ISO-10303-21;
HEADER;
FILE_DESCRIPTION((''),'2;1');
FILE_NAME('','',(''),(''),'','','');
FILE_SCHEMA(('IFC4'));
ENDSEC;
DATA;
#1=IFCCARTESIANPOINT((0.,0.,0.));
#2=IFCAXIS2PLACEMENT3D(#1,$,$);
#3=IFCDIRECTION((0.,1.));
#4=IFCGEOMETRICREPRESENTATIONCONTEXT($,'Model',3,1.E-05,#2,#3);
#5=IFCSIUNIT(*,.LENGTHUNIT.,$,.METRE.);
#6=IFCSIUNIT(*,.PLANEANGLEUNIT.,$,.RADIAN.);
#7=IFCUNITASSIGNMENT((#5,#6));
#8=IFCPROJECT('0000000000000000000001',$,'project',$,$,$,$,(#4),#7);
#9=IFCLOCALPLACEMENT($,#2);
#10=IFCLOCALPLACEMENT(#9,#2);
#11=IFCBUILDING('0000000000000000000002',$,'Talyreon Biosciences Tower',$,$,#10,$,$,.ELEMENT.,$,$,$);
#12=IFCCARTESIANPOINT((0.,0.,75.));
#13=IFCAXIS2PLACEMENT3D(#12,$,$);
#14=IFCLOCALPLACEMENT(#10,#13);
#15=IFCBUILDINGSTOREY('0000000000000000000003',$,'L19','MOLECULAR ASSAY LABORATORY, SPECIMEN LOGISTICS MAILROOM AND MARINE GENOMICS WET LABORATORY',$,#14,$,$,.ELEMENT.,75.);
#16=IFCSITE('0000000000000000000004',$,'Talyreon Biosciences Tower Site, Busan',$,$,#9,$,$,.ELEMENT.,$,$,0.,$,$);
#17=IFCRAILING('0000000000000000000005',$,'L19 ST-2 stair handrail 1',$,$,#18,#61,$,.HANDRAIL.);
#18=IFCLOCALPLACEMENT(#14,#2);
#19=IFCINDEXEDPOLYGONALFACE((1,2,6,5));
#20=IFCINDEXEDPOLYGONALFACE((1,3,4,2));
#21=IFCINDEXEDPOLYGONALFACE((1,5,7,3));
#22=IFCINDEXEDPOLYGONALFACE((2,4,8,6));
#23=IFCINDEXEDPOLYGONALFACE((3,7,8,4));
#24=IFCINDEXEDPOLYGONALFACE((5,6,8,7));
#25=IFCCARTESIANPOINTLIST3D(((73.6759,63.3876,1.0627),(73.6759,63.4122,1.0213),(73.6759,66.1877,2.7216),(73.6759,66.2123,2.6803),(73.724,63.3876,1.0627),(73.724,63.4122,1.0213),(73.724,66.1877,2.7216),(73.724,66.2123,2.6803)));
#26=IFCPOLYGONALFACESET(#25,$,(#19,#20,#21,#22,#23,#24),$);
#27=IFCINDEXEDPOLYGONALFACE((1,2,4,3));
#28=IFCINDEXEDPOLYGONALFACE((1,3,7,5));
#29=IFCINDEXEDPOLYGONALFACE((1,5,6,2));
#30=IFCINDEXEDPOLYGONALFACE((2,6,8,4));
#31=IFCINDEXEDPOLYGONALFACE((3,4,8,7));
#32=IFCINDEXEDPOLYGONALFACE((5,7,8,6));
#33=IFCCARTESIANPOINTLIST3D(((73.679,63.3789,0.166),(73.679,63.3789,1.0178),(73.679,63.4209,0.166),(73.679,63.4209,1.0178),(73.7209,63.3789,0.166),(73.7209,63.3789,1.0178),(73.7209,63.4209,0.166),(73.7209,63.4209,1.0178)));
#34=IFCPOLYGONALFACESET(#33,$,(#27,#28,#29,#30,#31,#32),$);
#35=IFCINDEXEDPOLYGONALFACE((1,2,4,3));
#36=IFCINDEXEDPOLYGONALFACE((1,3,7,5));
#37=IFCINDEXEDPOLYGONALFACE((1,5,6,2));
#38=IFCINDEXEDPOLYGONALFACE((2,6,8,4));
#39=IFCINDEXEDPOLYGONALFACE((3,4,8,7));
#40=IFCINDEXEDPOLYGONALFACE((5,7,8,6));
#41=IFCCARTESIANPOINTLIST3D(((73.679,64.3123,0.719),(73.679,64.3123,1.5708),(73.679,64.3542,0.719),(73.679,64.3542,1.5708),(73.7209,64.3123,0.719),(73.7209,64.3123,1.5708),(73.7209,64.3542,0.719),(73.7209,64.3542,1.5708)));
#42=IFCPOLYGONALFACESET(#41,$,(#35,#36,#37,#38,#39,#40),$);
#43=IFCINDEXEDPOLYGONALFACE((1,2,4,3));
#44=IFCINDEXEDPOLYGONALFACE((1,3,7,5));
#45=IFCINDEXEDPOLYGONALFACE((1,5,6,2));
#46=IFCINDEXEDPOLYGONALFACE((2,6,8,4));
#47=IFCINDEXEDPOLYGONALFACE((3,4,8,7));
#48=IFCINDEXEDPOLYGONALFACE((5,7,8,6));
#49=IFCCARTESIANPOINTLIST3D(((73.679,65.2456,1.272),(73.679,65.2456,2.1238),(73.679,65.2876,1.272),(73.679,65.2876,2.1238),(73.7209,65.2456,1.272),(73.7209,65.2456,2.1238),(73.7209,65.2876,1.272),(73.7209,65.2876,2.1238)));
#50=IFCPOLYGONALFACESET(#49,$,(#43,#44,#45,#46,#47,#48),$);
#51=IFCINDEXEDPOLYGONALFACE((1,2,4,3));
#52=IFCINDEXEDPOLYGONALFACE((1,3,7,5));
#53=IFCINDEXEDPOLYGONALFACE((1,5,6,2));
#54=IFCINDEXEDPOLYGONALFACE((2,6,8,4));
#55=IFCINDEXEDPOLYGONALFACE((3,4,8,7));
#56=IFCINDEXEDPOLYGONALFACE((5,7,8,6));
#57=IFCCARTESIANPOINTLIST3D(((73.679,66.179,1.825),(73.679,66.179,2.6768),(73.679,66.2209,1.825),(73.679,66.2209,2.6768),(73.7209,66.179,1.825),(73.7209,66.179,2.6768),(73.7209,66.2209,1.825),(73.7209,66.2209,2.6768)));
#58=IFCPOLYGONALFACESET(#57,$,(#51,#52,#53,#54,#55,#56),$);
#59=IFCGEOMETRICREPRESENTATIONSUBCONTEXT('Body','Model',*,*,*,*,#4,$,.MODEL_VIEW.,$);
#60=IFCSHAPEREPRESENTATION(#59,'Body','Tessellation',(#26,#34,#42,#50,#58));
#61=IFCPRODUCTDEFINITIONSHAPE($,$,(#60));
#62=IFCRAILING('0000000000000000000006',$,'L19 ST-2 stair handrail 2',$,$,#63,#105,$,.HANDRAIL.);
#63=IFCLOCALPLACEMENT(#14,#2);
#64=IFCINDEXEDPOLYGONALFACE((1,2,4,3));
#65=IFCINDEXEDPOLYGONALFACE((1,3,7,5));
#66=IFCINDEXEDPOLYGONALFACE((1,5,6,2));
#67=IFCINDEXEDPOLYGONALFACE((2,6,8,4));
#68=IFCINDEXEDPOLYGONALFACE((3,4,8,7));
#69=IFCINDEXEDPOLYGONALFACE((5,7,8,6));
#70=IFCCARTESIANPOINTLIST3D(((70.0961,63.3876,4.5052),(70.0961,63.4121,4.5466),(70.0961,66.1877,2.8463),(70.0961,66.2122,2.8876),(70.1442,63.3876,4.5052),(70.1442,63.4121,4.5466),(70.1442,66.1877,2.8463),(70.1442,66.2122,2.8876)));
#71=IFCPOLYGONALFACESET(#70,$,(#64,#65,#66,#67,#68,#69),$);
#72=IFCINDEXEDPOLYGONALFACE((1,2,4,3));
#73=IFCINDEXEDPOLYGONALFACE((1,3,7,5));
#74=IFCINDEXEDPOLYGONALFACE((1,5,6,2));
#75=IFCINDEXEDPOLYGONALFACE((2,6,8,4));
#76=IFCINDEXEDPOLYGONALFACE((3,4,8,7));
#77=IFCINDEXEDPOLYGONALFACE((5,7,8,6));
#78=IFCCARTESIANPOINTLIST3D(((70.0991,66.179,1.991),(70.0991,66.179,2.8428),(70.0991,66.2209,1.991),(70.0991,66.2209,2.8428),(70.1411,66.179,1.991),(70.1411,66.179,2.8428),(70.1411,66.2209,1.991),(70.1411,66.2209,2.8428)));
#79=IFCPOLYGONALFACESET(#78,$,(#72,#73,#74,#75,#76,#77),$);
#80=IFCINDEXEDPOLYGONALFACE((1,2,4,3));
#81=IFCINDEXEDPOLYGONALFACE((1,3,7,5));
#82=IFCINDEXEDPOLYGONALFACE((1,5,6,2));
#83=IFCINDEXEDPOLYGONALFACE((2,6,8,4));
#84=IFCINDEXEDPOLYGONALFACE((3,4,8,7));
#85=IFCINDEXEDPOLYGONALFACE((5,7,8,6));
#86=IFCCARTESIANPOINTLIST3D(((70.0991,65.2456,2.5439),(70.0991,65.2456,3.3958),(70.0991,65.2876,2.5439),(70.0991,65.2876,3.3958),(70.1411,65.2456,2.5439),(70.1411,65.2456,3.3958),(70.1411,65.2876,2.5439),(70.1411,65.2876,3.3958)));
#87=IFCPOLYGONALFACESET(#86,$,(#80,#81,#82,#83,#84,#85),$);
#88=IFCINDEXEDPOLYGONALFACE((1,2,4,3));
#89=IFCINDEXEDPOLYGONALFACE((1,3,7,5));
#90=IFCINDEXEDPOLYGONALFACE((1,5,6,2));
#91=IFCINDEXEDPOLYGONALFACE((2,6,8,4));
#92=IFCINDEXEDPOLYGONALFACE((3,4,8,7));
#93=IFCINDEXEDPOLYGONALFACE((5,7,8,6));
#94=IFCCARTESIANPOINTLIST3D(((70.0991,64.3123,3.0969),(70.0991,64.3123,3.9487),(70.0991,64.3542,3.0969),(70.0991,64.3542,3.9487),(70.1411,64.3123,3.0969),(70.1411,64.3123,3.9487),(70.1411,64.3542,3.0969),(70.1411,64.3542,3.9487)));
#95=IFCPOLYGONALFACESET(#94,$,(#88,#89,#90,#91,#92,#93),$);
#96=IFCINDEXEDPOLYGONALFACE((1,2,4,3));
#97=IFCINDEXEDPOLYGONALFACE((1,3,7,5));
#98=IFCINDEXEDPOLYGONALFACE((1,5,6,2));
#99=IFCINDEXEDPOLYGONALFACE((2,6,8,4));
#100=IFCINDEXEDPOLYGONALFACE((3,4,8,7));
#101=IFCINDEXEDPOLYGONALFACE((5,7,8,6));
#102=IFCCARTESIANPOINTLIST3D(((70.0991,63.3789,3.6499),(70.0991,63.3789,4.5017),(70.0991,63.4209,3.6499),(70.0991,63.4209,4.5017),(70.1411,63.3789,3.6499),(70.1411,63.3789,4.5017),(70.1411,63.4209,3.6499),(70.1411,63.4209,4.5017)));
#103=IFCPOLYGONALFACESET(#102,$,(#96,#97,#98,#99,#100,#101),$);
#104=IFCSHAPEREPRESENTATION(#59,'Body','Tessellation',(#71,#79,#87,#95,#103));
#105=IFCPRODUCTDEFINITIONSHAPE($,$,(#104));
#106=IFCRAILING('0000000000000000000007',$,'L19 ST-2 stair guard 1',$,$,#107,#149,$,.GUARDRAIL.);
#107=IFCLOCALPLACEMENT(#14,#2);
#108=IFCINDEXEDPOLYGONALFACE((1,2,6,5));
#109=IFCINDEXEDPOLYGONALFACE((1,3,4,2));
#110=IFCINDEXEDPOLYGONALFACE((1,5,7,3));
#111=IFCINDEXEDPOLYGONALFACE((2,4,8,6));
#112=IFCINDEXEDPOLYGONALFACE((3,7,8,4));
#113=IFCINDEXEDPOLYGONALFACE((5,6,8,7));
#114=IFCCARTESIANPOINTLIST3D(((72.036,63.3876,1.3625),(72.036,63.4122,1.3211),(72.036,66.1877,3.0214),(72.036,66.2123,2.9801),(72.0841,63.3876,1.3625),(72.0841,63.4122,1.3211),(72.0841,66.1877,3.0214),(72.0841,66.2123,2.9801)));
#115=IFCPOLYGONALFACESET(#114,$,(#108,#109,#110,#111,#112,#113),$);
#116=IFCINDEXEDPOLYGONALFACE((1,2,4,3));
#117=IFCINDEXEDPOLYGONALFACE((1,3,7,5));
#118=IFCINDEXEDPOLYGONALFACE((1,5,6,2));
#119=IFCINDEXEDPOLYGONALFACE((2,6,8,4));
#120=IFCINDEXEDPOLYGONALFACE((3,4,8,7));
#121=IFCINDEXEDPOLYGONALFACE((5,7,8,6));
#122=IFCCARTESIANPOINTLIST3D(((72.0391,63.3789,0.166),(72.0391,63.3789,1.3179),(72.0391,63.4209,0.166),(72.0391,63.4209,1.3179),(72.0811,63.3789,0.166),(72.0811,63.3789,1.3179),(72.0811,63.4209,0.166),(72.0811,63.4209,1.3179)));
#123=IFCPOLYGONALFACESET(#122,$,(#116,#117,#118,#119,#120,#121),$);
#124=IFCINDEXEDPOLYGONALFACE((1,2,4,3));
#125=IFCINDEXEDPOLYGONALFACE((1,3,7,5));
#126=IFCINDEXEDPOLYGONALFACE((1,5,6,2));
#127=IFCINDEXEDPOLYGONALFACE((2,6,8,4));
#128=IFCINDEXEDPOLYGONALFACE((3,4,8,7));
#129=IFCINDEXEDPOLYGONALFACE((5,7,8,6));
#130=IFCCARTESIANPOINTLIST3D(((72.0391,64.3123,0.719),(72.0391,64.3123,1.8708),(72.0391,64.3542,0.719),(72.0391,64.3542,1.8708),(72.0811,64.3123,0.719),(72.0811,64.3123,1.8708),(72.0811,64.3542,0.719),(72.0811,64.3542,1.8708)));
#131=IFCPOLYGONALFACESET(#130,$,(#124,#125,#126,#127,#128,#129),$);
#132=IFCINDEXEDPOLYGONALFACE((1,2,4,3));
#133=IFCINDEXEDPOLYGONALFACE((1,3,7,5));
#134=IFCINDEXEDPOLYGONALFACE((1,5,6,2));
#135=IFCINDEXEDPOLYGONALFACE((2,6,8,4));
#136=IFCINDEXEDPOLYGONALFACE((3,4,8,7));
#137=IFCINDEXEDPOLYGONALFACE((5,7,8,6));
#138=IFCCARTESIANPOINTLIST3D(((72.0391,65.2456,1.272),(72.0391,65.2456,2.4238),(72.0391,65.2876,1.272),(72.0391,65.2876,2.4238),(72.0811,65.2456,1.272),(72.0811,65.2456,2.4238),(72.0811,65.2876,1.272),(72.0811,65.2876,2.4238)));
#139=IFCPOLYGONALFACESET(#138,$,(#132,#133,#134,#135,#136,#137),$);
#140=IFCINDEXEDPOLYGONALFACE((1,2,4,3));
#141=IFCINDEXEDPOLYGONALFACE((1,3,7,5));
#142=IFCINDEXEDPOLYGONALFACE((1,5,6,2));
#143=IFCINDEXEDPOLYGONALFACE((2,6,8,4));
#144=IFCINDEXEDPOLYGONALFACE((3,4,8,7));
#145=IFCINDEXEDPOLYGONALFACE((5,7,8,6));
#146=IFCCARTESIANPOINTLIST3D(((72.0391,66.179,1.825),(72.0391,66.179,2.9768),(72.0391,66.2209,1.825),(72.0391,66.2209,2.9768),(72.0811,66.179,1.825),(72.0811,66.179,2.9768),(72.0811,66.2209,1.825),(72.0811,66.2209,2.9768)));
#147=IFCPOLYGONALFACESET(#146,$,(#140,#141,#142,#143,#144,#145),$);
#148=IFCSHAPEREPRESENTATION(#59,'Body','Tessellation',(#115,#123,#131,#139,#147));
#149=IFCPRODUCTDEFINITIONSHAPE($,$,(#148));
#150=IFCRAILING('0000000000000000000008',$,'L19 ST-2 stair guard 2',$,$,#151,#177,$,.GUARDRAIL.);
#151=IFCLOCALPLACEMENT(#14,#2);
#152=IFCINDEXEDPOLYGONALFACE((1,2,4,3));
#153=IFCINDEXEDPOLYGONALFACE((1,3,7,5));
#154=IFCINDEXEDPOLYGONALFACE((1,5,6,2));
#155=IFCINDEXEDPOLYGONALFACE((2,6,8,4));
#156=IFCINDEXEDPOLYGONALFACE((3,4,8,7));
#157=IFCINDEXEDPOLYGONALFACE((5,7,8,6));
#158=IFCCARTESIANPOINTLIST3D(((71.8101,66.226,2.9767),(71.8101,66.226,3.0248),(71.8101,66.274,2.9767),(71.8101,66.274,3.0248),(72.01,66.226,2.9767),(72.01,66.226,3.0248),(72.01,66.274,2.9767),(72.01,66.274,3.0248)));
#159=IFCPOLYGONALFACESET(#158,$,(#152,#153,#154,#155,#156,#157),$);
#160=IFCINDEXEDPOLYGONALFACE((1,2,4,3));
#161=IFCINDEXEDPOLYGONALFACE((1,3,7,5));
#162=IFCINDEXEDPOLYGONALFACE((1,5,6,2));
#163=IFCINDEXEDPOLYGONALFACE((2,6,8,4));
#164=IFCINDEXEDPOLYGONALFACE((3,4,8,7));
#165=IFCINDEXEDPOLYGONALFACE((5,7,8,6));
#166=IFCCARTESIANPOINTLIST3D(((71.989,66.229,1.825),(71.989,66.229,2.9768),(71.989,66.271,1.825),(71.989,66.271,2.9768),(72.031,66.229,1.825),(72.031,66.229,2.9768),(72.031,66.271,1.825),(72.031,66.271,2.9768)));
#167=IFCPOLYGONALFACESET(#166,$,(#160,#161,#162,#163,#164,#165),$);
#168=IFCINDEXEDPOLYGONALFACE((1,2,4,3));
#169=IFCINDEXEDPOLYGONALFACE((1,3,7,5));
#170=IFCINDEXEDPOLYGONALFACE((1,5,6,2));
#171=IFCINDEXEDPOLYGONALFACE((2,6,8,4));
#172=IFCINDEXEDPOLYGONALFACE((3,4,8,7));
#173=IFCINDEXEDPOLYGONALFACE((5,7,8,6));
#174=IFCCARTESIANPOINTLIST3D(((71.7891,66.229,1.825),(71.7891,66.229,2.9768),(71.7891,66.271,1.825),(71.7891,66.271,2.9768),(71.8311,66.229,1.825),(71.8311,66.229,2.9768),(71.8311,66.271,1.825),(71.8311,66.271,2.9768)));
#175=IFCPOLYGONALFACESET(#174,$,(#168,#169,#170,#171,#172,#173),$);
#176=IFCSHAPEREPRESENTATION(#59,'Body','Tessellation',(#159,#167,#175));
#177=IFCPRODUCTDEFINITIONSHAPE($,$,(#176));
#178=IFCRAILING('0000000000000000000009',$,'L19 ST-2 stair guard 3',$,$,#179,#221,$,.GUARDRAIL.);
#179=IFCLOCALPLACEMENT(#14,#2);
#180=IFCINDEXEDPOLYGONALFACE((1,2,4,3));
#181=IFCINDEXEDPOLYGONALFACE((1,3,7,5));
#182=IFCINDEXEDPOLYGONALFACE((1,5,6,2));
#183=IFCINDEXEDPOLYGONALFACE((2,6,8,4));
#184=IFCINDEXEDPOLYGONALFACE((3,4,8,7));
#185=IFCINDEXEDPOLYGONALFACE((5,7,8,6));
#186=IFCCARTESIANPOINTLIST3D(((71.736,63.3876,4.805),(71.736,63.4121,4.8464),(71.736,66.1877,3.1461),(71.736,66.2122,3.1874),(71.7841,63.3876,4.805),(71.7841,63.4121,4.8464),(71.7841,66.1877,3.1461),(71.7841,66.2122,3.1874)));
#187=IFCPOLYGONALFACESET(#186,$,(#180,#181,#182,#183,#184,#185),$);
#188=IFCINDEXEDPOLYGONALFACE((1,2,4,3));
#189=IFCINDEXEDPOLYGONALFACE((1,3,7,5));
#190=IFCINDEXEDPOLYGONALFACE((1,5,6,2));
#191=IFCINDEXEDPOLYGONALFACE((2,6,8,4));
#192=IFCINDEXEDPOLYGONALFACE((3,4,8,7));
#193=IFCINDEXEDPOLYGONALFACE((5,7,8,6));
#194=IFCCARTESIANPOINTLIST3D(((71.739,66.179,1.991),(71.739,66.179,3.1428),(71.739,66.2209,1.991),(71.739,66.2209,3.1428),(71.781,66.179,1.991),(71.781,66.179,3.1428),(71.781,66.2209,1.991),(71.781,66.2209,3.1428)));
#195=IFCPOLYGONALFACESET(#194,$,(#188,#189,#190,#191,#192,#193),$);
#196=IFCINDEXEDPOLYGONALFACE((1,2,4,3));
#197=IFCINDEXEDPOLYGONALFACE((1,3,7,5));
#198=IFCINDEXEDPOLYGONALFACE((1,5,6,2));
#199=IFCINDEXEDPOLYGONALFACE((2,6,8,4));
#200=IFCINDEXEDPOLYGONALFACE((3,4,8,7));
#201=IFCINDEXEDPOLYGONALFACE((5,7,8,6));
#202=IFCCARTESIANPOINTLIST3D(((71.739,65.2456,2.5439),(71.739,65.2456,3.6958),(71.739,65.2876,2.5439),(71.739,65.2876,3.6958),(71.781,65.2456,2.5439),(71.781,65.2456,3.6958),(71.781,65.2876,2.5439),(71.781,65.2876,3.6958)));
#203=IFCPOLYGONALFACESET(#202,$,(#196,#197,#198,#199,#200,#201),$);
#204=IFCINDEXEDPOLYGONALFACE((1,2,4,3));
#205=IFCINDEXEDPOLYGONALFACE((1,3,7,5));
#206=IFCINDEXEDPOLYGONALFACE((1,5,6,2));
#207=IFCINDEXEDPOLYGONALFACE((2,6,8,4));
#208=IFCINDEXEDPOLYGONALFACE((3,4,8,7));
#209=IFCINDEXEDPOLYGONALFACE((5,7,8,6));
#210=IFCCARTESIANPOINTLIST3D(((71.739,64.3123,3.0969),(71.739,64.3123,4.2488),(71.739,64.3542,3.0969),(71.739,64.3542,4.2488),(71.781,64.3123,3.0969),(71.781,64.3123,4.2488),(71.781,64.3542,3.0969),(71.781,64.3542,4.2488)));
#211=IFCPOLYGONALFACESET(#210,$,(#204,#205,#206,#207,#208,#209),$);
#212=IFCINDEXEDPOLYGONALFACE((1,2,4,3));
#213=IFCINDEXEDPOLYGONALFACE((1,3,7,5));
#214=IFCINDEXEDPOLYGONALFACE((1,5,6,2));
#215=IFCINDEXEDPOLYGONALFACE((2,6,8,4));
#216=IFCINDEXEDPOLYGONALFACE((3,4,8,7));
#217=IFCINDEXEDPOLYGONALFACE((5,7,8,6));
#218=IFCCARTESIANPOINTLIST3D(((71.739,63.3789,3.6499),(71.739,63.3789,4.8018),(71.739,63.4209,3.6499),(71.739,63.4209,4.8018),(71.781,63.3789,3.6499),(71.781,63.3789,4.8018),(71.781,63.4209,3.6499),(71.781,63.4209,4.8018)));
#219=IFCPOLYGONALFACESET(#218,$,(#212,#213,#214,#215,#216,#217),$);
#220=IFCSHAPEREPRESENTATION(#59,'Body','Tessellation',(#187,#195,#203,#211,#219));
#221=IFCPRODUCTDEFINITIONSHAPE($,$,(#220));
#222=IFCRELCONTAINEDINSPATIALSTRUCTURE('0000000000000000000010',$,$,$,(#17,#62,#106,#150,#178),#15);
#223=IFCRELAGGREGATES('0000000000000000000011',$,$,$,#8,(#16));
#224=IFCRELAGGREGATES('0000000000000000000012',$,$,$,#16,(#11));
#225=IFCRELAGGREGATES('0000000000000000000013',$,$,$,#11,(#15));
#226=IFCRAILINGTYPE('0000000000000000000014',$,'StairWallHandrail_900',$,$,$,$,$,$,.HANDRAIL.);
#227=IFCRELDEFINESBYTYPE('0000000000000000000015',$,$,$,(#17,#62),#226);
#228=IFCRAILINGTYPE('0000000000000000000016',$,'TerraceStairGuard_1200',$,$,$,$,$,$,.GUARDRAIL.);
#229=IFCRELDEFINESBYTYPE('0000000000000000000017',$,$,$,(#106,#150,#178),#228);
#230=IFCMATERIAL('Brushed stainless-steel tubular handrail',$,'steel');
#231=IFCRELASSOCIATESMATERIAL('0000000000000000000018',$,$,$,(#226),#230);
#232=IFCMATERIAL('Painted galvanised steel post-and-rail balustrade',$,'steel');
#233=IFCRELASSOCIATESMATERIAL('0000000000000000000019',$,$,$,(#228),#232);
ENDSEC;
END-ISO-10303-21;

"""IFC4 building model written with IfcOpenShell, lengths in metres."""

from ifc_helpers import new_model, si_unit, direction, frame, origin, origin_2d, place, context, subcontext, project, spatial, rectangle, extrude, material, type_object, element, save


model = new_model("IFC4")

# Units and contexts
model_context = context("Model", 3, precision=1e-05, world=origin(), true_north=direction((0.0, 1.0)))
body_context = subcontext(model_context, "Body", "Model", "MODEL_VIEW")
ifc_project = project(units=[si_unit("LENGTHUNIT", "METRE"), si_unit("PLANEANGLEUNIT", "RADIAN")], contexts=[model_context])

# Site, building, storey
site_placement = place(None, origin())
site = spatial("IfcSite", under=ifc_project, at=site_placement, Name="Talyreon Biosciences Tower Site, Busan", CompositionType="ELEMENT", RefElevation=0.0)
building_placement = place(site_placement, origin())
building = spatial("IfcBuilding", under=site, at=building_placement, Name="Talyreon Biosciences Tower", CompositionType="ELEMENT")
storey_placement = place(building_placement, frame((0.0, 0.0, 75.0)))
storey = spatial("IfcBuildingStorey", under=building, at=storey_placement, Name="L19", Description="MOLECULAR ASSAY LABORATORY, SPECIMEN LOGISTICS MAILROOM AND MARINE GENOMICS WET LABORATORY", CompositionType="ELEMENT", Elevation=75.0)

# Railings
ifc_material_1 = material(Name="Brushed stainless-steel tubular handrail", Category="steel")
railing_type_1 = type_object("IfcRailingType", Name="StairWallHandrail_900", PredefinedType="HANDRAIL", material=ifc_material_1)
railing_1_placement = place(storey_placement, frame((73.7, 63.3999, 0.166)))
element("IfcRailing", 1, at=railing_1_placement, inside=storey, type_object=railing_type_1, Name="L19 ST-2 stair handrail 1", PredefinedType="HANDRAIL", context=body_context, shape_type="SweptSolid", body=[
    extrude(rectangle(XDim=0.0481, YDim=0.0481, at=origin_2d()), frame((0.0, 0.0, 0.876), z_axis=(0.0, 0.860339, 0.509722), x_axis=(-1.0, 0.0, 0.0)), (0.0, 0.0, 1.0), 3.2546),
    extrude(rectangle(XDim=0.042, YDim=0.042, at=origin_2d()), origin(), (0.0, 0.0, 1.0), 0.8518),
    extrude(rectangle(XDim=0.042, YDim=0.042, at=origin_2d()), frame((0.0, 0.9333, 0.553)), (0.0, 0.0, 1.0), 0.8518),
    extrude(rectangle(XDim=0.042, YDim=0.042, at=origin_2d()), frame((0.0, 1.8667, 1.106)), (0.0, 0.0, 1.0), 0.8518),
    extrude(rectangle(XDim=0.042, YDim=0.042, at=origin_2d()), frame((0.0, 2.8, 1.6589)), (0.0, 0.0, 1.0), 0.8518),
])
railing_2_placement = place(storey_placement, frame((70.1201, 66.2, 1.991)))
element("IfcRailing", 2, at=railing_2_placement, inside=storey, type_object=railing_type_1, Name="L19 ST-2 stair handrail 2", PredefinedType="HANDRAIL", context=body_context, shape_type="SweptSolid", body=[
    extrude(rectangle(XDim=0.0481, YDim=0.0481, at=origin_2d()), frame((0.0, 0.0, 0.876), z_axis=(0.0, -0.860339, 0.509722), x_axis=(1.0, 0.0, 0.0)), (0.0, 0.0, 1.0), 3.2546),
    extrude(rectangle(XDim=0.042, YDim=0.042, at=origin_2d()), origin(), (0.0, 0.0, 1.0), 0.8518),
    extrude(rectangle(XDim=0.042, YDim=0.042, at=origin_2d()), frame((0.0, -0.9333, 0.553)), (0.0, 0.0, 1.0), 0.8518),
    extrude(rectangle(XDim=0.042, YDim=0.042, at=origin_2d()), frame((0.0, -1.8667, 1.106)), (0.0, 0.0, 1.0), 0.8518),
    extrude(rectangle(XDim=0.042, YDim=0.042, at=origin_2d()), frame((0.0, -2.8, 1.6589)), (0.0, 0.0, 1.0), 0.8518),
])
ifc_material_2 = material(Name="Painted galvanised steel post-and-rail balustrade", Category="steel")
railing_type_2 = type_object("IfcRailingType", Name="TerraceStairGuard_1200", PredefinedType="GUARDRAIL", material=ifc_material_2)
railing_3_placement = place(storey_placement, frame((72.0601, 63.3999, 0.166)))
element("IfcRailing", 3, at=railing_3_placement, inside=storey, type_object=railing_type_2, Name="L19 ST-2 stair guard 1", PredefinedType="GUARDRAIL", context=body_context, shape_type="SweptSolid", body=[
    extrude(rectangle(XDim=0.0481, YDim=0.0481, at=origin_2d()), frame((0.0, 0.0, 1.1758), z_axis=(0.0, 0.860339, 0.509722), x_axis=(-1.0, 0.0, 0.0)), (0.0, 0.0, 1.0), 3.2546),
    extrude(rectangle(XDim=0.042, YDim=0.042, at=origin_2d()), origin(), (0.0, 0.0, 1.0), 1.1519),
    extrude(rectangle(XDim=0.042, YDim=0.042, at=origin_2d()), frame((0.0, 0.9333, 0.553)), (0.0, 0.0, 1.0), 1.1519),
    extrude(rectangle(XDim=0.042, YDim=0.042, at=origin_2d()), frame((0.0, 1.8667, 1.106)), (0.0, 0.0, 1.0), 1.1519),
    extrude(rectangle(XDim=0.042, YDim=0.042, at=origin_2d()), frame((0.0, 2.8, 1.6589)), (0.0, 0.0, 1.0), 1.1519),
])
railing_4_placement = place(storey_placement, frame((72.01, 66.25, 1.825)))
element("IfcRailing", 4, at=railing_4_placement, inside=storey, type_object=railing_type_2, Name="L19 ST-2 stair guard 2", PredefinedType="GUARDRAIL", context=body_context, shape_type="SweptSolid", body=[
    extrude(rectangle(XDim=0.0481, YDim=0.0481, at=origin_2d()), frame((0.0, 0.0, 1.1758), z_axis=(-1.0, 0.0, 0.0), x_axis=(0.0, -1.0, 0.0)), (0.0, 0.0, 1.0), 0.2),
    extrude(rectangle(XDim=0.042, YDim=0.042, at=origin_2d()), origin(), (0.0, 0.0, 1.0), 1.1519),
    extrude(rectangle(XDim=0.042, YDim=0.042, at=origin_2d()), frame((-0.2, 0.0, 0.0)), (0.0, 0.0, 1.0), 1.1519),
])
railing_5_placement = place(storey_placement, frame((71.76, 66.2, 1.991)))
element("IfcRailing", 5, at=railing_5_placement, inside=storey, type_object=railing_type_2, Name="L19 ST-2 stair guard 3", PredefinedType="GUARDRAIL", context=body_context, shape_type="SweptSolid", body=[
    extrude(rectangle(XDim=0.0481, YDim=0.0481, at=origin_2d()), frame((0.0, 0.0, 1.1758), z_axis=(0.0, -0.860339, 0.509722), x_axis=(1.0, 0.0, 0.0)), (0.0, 0.0, 1.0), 3.2546),
    extrude(rectangle(XDim=0.042, YDim=0.042, at=origin_2d()), origin(), (0.0, 0.0, 1.0), 1.1519),
    extrude(rectangle(XDim=0.042, YDim=0.042, at=origin_2d()), frame((0.0, -0.9333, 0.553)), (0.0, 0.0, 1.0), 1.1519),
    extrude(rectangle(XDim=0.042, YDim=0.042, at=origin_2d()), frame((0.0, -1.8667, 1.106)), (0.0, 0.0, 1.0), 1.1519),
    extrude(rectangle(XDim=0.042, YDim=0.042, at=origin_2d()), frame((0.0, -2.8, 1.6589)), (0.0, 0.0, 1.0), 1.1519),
])

save(model, "model.ifc")
